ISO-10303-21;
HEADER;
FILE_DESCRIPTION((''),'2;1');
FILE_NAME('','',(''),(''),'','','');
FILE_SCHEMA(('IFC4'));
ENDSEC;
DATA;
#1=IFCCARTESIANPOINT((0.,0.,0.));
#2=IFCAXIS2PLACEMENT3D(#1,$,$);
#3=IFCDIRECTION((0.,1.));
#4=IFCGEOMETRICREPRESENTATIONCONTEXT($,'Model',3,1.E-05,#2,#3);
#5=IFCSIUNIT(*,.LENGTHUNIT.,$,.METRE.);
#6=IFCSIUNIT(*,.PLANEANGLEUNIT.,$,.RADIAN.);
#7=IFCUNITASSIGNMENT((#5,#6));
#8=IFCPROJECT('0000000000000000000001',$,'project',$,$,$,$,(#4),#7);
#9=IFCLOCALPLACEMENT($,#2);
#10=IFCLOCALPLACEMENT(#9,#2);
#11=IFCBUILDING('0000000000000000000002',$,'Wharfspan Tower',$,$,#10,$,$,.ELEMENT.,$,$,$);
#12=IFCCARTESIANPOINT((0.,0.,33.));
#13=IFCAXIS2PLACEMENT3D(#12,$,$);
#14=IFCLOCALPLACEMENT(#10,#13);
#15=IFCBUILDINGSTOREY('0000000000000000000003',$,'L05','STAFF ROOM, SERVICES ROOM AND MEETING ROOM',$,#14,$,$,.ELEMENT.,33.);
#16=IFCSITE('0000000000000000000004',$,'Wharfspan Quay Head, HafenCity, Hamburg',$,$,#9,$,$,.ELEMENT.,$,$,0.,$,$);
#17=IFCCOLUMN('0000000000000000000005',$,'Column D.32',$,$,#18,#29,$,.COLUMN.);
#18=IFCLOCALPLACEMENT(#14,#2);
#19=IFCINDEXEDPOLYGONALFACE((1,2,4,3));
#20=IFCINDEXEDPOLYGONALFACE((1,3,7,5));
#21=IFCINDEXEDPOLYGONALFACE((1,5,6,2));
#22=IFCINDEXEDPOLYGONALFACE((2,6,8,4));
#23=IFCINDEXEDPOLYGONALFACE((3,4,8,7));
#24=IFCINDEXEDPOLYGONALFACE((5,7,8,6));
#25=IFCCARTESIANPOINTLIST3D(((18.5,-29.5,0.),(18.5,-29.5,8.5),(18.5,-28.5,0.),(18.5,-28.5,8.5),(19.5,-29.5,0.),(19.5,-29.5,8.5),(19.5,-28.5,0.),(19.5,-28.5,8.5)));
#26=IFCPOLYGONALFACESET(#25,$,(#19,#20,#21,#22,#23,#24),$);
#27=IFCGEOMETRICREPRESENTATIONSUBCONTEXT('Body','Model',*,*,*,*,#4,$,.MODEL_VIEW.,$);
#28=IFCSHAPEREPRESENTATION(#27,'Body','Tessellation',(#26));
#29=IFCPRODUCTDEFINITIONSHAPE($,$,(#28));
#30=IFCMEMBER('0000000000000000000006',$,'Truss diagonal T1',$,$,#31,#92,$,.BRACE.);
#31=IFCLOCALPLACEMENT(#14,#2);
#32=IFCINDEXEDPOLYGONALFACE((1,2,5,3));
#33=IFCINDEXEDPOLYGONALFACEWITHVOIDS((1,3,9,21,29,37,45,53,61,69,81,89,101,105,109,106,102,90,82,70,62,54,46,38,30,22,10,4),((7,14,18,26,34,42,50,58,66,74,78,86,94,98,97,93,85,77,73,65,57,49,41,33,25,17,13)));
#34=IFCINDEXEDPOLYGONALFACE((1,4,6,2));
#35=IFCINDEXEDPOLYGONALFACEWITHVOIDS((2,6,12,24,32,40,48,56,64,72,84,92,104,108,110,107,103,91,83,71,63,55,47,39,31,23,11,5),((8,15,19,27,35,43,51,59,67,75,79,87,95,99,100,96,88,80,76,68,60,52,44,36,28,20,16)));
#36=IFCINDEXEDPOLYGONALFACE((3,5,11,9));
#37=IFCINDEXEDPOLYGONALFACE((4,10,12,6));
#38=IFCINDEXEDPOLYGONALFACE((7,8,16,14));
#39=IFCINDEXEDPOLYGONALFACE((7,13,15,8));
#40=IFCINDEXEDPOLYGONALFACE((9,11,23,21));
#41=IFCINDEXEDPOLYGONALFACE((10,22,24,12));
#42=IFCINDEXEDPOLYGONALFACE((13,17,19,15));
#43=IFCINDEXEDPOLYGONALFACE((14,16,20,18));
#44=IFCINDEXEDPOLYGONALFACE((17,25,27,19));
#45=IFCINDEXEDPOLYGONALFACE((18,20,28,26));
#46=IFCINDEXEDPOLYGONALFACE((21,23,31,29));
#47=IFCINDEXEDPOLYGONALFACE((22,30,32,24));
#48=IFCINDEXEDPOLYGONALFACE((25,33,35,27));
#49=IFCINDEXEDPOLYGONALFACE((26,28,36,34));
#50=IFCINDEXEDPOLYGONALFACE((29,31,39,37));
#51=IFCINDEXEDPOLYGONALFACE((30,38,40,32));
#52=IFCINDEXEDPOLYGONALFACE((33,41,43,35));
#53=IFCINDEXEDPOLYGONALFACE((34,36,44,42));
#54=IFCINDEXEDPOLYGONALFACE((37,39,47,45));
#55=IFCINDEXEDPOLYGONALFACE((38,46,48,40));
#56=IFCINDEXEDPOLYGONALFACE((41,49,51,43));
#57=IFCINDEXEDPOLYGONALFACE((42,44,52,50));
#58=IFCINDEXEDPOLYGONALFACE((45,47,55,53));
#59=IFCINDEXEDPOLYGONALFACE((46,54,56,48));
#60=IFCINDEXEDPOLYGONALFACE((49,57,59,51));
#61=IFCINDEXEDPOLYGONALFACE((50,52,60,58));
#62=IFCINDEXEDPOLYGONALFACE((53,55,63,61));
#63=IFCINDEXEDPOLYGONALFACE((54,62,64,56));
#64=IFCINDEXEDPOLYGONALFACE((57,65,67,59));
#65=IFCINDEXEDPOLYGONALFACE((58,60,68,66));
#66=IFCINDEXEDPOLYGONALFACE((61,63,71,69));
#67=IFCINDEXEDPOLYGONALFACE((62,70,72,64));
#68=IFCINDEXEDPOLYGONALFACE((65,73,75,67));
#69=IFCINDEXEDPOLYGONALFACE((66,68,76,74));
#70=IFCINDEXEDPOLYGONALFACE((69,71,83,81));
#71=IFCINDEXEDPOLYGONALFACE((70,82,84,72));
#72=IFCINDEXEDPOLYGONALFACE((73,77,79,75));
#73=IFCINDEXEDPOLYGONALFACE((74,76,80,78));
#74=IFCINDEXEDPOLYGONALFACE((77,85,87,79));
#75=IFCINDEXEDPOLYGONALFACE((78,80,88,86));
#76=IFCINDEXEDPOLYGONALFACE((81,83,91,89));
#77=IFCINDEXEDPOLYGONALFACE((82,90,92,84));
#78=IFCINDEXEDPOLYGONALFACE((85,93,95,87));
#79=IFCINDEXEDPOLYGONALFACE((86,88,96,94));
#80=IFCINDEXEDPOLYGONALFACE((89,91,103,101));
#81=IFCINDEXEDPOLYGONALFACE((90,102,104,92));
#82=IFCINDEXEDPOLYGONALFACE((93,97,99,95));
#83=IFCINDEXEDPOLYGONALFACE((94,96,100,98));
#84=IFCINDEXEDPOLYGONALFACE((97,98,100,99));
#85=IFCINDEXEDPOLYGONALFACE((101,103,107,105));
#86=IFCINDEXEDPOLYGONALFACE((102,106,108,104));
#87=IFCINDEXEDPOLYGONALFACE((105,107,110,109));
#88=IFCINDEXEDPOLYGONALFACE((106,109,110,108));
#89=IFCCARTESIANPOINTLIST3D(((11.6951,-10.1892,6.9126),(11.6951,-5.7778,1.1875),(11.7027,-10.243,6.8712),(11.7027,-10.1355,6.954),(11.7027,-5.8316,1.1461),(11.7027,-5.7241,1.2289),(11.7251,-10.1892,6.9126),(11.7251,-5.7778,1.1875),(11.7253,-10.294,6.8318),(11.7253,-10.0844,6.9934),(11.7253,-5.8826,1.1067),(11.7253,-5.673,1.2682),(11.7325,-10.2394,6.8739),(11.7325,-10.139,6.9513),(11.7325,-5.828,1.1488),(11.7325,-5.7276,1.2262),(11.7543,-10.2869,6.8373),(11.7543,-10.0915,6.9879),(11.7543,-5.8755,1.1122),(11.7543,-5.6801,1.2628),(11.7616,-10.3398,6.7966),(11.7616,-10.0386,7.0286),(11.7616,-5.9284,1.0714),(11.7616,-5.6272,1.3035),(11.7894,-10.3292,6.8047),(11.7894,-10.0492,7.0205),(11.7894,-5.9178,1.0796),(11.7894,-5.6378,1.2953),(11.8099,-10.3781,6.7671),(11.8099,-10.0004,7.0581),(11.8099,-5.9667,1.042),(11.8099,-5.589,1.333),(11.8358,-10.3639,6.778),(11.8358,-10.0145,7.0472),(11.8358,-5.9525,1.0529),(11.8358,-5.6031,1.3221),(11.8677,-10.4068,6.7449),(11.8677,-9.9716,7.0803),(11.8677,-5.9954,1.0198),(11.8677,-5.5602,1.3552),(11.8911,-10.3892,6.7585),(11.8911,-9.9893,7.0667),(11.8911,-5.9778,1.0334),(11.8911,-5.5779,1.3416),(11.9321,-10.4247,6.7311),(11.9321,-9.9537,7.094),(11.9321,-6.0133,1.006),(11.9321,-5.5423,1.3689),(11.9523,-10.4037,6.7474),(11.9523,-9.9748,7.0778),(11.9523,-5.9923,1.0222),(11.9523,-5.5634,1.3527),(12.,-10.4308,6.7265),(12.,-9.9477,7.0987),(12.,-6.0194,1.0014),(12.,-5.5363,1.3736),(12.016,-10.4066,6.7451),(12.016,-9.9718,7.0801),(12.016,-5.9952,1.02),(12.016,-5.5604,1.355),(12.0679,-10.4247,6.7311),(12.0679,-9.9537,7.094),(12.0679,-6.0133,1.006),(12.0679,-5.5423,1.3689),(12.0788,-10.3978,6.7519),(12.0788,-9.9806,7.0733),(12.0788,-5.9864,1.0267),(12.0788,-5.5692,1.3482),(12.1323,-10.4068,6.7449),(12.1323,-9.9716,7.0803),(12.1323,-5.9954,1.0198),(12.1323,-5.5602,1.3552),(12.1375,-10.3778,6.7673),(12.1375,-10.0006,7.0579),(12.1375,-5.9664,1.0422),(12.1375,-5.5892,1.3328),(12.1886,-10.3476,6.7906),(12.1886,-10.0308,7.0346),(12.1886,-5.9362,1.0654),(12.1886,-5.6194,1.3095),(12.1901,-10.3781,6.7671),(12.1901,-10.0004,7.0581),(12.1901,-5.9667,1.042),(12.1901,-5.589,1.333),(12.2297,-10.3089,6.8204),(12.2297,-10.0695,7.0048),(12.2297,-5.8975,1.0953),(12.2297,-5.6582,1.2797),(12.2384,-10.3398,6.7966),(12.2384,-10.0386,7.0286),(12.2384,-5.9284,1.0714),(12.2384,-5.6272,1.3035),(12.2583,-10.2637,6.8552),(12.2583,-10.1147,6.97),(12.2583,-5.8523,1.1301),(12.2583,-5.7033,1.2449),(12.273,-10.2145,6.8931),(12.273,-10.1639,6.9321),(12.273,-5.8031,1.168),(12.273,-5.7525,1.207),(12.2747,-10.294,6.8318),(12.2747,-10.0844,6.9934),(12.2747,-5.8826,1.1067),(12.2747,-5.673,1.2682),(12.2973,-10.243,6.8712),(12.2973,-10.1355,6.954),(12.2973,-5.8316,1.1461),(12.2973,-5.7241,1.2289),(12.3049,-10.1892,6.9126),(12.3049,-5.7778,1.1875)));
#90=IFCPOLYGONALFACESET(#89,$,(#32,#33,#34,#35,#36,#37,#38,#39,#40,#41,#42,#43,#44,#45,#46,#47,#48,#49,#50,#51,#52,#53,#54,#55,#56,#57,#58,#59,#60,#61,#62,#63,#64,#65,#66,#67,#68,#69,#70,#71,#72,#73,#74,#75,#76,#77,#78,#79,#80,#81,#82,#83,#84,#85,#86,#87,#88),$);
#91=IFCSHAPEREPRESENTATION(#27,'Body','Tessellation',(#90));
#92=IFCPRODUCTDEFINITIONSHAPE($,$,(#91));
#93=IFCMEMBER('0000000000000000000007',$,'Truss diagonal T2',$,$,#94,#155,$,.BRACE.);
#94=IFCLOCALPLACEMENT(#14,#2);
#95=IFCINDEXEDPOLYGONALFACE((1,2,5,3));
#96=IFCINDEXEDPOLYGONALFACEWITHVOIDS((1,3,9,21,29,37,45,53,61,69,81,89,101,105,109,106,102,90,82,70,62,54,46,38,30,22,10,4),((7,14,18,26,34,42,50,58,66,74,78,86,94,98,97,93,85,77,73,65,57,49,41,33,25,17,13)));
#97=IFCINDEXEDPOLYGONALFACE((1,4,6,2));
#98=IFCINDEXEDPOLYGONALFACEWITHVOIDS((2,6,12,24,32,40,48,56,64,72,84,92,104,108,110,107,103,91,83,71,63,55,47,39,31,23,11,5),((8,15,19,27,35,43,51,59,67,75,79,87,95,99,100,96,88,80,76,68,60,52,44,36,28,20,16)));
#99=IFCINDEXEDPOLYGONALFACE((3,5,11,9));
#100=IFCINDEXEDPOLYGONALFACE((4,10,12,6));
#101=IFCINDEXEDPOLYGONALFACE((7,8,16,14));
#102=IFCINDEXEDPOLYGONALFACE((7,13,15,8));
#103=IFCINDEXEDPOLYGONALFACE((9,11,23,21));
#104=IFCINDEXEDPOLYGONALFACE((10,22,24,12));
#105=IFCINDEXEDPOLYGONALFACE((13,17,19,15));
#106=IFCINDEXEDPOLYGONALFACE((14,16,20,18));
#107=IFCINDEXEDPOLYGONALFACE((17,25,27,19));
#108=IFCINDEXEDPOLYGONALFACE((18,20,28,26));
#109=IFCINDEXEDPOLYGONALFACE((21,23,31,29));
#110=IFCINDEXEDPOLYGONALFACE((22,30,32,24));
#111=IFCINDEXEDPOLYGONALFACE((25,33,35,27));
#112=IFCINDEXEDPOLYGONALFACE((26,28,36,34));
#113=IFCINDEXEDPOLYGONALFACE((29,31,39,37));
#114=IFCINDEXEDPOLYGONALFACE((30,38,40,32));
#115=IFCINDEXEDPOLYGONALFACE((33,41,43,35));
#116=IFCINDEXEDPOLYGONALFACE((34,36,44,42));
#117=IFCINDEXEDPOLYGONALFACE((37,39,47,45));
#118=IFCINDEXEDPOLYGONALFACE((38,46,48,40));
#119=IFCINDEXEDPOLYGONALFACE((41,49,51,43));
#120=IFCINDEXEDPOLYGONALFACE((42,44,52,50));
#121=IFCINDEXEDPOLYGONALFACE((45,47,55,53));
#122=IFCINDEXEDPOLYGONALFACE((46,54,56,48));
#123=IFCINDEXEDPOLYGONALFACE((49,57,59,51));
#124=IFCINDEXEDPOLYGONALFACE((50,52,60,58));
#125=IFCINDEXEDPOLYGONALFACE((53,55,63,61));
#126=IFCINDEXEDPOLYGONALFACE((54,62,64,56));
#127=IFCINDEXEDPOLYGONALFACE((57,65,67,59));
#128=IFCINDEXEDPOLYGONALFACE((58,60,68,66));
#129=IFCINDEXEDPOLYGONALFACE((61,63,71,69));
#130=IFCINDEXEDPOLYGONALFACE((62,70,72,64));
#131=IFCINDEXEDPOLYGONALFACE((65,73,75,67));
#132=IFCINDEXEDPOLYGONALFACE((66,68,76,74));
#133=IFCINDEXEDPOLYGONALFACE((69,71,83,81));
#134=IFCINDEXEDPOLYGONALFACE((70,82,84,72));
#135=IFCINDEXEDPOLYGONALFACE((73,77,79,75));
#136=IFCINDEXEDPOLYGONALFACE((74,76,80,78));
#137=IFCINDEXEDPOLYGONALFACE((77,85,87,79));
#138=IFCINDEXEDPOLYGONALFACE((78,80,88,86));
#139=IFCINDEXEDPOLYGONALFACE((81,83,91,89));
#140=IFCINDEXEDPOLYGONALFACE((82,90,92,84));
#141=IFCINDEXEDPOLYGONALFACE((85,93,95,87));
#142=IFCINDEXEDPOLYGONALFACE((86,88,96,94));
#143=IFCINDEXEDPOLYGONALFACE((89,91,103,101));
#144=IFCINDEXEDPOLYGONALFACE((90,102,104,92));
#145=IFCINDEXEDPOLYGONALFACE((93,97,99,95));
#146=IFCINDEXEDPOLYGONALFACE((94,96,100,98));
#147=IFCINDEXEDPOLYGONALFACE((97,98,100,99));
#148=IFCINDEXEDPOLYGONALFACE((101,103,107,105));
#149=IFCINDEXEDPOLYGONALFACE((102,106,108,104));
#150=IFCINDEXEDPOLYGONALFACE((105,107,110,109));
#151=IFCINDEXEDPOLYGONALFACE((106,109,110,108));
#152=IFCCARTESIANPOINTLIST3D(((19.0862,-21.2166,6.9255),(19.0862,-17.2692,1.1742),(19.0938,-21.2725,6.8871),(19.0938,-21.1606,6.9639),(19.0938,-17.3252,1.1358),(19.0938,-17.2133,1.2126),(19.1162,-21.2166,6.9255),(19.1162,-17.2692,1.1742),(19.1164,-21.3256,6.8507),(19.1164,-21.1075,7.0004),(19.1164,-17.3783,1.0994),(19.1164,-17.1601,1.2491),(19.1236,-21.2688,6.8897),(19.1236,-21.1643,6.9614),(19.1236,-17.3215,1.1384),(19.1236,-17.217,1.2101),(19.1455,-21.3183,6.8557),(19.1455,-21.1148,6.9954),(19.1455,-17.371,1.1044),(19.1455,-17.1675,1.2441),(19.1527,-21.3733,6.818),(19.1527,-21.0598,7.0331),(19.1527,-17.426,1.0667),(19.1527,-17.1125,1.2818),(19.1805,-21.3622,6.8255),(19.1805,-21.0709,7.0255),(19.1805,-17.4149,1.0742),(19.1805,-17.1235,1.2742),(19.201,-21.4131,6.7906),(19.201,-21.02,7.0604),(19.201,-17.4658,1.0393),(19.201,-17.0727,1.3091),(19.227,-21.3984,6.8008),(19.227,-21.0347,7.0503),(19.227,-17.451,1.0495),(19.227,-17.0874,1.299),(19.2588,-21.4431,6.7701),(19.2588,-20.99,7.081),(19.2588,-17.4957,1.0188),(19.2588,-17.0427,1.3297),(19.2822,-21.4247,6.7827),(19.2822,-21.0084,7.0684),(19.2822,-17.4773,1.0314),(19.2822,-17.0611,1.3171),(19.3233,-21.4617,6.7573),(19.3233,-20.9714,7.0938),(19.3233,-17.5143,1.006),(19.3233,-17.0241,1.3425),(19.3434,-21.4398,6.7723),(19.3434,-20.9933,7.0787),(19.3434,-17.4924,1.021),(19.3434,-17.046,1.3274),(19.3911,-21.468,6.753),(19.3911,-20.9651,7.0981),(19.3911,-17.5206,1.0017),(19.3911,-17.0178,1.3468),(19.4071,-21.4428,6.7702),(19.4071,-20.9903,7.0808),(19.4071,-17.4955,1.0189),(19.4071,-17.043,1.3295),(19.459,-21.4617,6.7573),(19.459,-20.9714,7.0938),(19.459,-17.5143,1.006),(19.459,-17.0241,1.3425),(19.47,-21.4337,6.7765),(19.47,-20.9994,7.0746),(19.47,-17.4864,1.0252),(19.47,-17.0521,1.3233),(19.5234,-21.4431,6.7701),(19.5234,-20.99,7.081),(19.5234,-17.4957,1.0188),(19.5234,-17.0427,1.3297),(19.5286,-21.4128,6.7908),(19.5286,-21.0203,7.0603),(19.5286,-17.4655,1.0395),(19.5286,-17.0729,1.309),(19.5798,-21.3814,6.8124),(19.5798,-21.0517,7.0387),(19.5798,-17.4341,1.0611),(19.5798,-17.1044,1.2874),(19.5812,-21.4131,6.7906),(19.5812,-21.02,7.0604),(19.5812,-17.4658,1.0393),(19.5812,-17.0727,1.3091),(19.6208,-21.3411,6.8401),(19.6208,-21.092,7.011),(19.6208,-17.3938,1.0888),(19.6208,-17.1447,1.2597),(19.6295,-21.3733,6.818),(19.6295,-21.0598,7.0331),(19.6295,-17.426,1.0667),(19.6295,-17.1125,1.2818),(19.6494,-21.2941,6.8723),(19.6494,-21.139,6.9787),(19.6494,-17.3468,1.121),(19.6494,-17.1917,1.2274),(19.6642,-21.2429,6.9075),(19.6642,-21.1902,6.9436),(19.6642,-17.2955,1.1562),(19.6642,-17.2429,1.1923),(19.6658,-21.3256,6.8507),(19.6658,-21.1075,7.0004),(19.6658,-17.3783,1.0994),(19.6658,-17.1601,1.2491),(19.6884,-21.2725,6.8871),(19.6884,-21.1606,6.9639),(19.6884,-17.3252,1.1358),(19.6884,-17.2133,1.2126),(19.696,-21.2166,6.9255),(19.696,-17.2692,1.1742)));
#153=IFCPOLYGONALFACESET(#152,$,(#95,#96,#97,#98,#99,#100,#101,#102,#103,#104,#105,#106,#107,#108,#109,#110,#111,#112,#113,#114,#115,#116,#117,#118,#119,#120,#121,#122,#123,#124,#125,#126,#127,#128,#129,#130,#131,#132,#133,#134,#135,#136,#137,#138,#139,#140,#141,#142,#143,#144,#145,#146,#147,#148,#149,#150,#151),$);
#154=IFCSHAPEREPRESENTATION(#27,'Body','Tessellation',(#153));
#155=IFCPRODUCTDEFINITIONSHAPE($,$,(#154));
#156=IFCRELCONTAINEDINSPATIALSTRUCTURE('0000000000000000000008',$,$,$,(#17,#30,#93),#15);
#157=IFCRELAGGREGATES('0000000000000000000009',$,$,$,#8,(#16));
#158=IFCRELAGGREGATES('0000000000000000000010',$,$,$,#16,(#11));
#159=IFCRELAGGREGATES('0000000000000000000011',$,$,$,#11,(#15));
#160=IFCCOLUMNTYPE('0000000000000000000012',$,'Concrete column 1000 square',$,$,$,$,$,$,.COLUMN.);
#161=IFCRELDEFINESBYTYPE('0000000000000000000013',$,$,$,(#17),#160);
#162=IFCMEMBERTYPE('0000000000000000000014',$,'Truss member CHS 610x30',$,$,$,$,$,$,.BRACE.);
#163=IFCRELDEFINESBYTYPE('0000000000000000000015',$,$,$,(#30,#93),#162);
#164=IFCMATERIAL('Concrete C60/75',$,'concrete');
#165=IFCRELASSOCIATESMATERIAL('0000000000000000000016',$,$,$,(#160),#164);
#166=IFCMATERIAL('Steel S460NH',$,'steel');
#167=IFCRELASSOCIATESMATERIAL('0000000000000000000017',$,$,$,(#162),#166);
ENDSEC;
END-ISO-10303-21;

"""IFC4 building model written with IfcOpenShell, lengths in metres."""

from ifc_helpers import new_model, si_unit, direction, frame, origin, origin_2d, place, context, subcontext, project, spatial, rectangle, hollow_circle, extrude, material, material_profile, profile_set, type_object, element, save


model = new_model("IFC4")

# Units and contexts
model_context = context("Model", 3, precision=1e-05, world=origin(), true_north=direction((0.0, 1.0)))
body_context = subcontext(model_context, "Body", "Model", "MODEL_VIEW")
ifc_project = project(units=[si_unit("LENGTHUNIT", "METRE"), si_unit("PLANEANGLEUNIT", "RADIAN")], contexts=[model_context])

# Site, building, storey
site_placement = place(None, origin())
site = spatial("IfcSite", under=ifc_project, at=site_placement, Name="Wharfspan Quay Head, HafenCity, Hamburg", CompositionType="ELEMENT", RefElevation=0.0)
building_placement = place(site_placement, origin())
building = spatial("IfcBuilding", under=site, at=building_placement, Name="Wharfspan Tower", CompositionType="ELEMENT")
storey_placement = place(building_placement, frame((0.0, 0.0, 33.0)))
storey = spatial("IfcBuildingStorey", under=building, at=storey_placement, Name="L05", Description="STAFF ROOM, SERVICES ROOM AND MEETING ROOM", CompositionType="ELEMENT", Elevation=33.0)

# Column
ifc_material_1 = material(Name="Concrete C60/75", Category="concrete")
ifc_material_profile_1 = material_profile(ifc_material_1, rectangle(XDim=1.0, YDim=1.0, at=origin_2d()))
ifc_profile_set_1 = profile_set([ifc_material_profile_1], Name="Concrete C60/75")
column_type = type_object("IfcColumnType", Name="Concrete column 1000 square", PredefinedType="COLUMN", material=ifc_profile_set_1)
column_placement = place(storey_placement, frame((19.0, -29.0, 0.0), z_axis=(0.0, 0.0, 1.0), x_axis=(1.0, 0.0, 0.0)))
element("IfcColumn", 1, at=column_placement, inside=storey, type_object=column_type, Name="Column D.32", PredefinedType="COLUMN", context=body_context, shape_type="SweptSolid", body=[
    extrude(rectangle(XDim=1.0, YDim=1.0, at=origin_2d()), origin(), (0.0, 0.0, 1.0), 8.5),
])

# Members
ifc_material_2 = material(Name="Steel S460NH", Category="steel")
ifc_material_profile_2 = material_profile(ifc_material_2, hollow_circle(Radius=0.3049, WallThickness=0.03, at=origin_2d()))
ifc_profile_set_2 = profile_set([ifc_material_profile_2], Name="Steel S460NH")
member_type_1 = type_object("IfcMemberType", Name="Truss member CHS 610x30", PredefinedType="BRACE", material=ifc_profile_set_2)
member_1_placement = place(storey_placement, frame((12.0, -10.1892, 6.9126), z_axis=(0.0, 0.610359, -0.792125), x_axis=(-1.0, 0.0, 0.0)))
element("IfcMember", 2, at=member_1_placement, inside=storey, type_object=member_type_1, Name="Truss diagonal T1", PredefinedType="BRACE", context=body_context, shape_type="SweptSolid", body=[
    extrude(hollow_circle(Radius=0.3049, WallThickness=0.03, at=origin_2d()), origin(), (0.0, 0.0, 1.0), 7.2275),
])
member_2_placement = place(storey_placement, frame((19.3911, -21.2166, 6.9255), z_axis=(0.0, 0.565877, -0.82449), x_axis=(-1.0, 0.0, 0.0)))
element("IfcMember", 3, at=member_2_placement, inside=storey, type_object=member_type_1, Name="Truss diagonal T2", PredefinedType="BRACE", context=body_context, shape_type="SweptSolid", body=[
    extrude(hollow_circle(Radius=0.3049, WallThickness=0.03, at=origin_2d()), origin(), (0.0, 0.0, 1.0), 6.9756),
])

save(model, "model.ifc")
